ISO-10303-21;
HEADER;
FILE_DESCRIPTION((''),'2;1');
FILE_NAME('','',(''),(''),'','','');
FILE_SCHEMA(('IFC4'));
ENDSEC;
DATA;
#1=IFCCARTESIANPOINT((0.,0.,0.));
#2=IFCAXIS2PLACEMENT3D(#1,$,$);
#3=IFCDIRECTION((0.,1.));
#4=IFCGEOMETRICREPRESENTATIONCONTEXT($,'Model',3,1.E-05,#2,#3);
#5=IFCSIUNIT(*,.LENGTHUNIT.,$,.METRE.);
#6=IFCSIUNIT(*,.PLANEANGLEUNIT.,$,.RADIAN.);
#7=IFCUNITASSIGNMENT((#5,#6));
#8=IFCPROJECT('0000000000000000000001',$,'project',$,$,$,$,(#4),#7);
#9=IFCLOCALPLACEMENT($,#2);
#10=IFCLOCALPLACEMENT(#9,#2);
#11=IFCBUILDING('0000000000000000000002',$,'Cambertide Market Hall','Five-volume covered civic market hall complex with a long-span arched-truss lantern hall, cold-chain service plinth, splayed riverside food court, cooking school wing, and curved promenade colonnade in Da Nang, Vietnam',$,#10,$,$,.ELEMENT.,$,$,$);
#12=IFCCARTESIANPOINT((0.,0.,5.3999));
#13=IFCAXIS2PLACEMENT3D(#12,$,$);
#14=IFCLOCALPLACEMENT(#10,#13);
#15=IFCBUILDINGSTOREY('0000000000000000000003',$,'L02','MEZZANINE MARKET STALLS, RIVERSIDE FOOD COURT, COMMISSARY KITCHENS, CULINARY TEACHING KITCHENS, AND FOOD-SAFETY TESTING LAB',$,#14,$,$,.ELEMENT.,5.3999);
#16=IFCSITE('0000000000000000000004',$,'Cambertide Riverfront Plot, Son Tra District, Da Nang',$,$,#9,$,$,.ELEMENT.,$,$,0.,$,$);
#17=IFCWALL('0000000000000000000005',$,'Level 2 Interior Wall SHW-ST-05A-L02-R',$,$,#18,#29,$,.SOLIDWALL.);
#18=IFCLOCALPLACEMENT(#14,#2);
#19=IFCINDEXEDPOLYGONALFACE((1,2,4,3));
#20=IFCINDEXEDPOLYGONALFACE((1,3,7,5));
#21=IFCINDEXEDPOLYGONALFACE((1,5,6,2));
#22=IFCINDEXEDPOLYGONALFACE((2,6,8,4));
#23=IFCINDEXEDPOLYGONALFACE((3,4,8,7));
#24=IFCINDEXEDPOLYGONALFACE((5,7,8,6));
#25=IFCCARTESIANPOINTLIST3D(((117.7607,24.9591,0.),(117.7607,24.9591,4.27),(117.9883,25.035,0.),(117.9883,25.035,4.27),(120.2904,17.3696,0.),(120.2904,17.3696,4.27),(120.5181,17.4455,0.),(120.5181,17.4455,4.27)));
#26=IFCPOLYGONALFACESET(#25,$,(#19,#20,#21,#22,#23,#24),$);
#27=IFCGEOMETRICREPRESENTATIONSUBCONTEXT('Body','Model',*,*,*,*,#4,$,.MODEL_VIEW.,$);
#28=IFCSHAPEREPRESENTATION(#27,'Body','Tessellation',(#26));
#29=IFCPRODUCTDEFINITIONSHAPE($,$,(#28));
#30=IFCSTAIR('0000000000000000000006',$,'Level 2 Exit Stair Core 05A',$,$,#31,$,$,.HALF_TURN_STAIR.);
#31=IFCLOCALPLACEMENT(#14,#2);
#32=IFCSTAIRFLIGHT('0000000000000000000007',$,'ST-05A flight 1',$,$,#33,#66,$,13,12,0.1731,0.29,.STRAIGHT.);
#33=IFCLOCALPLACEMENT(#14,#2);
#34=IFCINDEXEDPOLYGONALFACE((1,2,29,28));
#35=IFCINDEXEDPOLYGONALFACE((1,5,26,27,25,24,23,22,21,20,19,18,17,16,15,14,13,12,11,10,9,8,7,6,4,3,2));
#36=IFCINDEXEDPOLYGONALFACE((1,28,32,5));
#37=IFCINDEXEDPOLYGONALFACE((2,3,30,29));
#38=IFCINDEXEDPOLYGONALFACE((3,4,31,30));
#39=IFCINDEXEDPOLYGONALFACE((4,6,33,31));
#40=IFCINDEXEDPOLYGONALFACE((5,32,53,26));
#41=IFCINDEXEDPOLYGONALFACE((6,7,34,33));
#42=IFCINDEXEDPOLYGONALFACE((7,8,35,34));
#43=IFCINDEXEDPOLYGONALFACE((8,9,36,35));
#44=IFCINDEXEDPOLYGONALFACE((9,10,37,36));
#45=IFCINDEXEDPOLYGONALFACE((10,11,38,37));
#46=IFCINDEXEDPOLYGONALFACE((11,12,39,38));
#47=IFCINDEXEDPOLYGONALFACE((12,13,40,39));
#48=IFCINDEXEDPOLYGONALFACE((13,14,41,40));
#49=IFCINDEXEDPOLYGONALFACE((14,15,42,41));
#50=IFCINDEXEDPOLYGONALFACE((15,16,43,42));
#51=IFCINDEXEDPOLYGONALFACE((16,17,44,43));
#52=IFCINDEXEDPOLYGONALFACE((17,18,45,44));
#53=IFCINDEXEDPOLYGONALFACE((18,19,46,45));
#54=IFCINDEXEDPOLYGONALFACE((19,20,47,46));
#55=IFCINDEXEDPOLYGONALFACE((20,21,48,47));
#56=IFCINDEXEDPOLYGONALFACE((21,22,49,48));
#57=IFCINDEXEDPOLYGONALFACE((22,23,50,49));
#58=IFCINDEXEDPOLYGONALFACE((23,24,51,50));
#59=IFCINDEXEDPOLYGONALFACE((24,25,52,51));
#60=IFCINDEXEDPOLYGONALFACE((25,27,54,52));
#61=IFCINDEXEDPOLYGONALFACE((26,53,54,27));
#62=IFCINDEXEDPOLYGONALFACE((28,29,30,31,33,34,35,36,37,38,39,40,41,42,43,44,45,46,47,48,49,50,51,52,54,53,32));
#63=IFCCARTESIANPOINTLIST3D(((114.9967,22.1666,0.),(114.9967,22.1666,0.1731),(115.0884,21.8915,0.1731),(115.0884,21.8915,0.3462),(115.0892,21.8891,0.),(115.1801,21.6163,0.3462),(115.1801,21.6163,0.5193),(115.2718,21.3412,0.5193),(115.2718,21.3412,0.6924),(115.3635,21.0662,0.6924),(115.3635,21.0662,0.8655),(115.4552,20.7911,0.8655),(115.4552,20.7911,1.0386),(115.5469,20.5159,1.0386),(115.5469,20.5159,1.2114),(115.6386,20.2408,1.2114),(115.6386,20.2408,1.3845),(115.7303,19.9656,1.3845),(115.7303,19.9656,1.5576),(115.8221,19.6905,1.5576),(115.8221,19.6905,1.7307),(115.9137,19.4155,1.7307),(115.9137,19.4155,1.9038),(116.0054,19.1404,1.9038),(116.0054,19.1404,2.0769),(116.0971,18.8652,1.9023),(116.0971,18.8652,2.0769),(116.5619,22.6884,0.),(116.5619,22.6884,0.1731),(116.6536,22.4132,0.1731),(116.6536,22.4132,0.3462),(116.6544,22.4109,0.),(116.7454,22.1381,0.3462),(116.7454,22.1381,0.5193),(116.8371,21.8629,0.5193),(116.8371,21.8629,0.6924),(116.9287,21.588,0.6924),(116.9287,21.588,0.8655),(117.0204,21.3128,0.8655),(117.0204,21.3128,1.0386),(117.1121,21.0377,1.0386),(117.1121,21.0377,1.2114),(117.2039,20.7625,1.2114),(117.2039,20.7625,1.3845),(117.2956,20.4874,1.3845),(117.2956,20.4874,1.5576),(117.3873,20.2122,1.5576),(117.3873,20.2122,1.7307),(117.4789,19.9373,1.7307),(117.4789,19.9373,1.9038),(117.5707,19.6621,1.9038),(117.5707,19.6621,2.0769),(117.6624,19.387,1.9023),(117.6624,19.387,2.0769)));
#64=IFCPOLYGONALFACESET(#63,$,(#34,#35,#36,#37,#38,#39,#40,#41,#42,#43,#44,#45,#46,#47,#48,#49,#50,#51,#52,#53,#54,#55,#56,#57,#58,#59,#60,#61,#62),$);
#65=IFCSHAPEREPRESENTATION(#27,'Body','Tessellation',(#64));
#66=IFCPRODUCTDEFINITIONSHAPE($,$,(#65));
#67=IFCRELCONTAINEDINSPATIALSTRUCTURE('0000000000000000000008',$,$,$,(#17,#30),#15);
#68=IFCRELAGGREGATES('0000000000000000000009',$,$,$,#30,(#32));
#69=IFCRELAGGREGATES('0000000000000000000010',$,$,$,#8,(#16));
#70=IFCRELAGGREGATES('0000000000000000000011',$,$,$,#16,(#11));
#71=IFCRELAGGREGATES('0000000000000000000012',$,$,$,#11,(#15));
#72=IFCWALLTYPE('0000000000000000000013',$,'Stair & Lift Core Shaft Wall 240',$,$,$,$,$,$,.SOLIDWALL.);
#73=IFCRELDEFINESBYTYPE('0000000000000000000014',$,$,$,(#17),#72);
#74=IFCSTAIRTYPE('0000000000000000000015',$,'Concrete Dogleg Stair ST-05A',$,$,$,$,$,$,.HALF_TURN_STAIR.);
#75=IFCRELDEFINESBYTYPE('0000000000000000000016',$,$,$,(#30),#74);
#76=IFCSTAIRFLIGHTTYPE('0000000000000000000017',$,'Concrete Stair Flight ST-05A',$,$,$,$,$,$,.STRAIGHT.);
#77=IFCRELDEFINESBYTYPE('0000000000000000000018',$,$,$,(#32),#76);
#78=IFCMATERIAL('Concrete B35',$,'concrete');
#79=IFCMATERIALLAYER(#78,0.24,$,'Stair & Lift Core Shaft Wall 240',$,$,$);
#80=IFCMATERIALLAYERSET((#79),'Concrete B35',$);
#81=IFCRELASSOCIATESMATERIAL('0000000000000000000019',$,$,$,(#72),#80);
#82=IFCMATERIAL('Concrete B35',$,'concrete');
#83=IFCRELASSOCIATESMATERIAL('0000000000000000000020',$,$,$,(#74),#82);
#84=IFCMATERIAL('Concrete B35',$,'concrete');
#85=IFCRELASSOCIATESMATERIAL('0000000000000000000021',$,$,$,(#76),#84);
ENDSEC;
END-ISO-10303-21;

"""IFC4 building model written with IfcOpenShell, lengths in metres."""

from ifc_helpers import new_model, si_unit, direction, frame, frame_2d, origin, place, context, subcontext, project, spatial, polyline, rectangle, outline, extrude, material, layer, layer_set, type_object, element, aggregate, save


model = new_model("IFC4")

# Units and contexts
model_context = context("Model", 3, precision=1e-05, world=origin(), true_north=direction((0.0, 1.0)))
body_context = subcontext(model_context, "Body", "Model", "MODEL_VIEW")
ifc_project = project(units=[si_unit("LENGTHUNIT", "METRE"), si_unit("PLANEANGLEUNIT", "RADIAN")], contexts=[model_context])

# Site, building, storey
site_placement = place(None, origin())
site = spatial("IfcSite", under=ifc_project, at=site_placement, Name="Cambertide Riverfront Plot, Son Tra District, Da Nang", CompositionType="ELEMENT", RefElevation=0.0)
building_placement = place(site_placement, origin())
building = spatial("IfcBuilding", under=site, at=building_placement, Name="Cambertide Market Hall", Description="Five-volume covered civic market hall complex with a long-span arched-truss lantern hall, cold-chain service plinth, splayed riverside food court, cooking school wing, and curved promenade colonnade in Da Nang, Vietnam", CompositionType="ELEMENT")
storey_placement = place(building_placement, frame((0.0, 0.0, 5.3999)))
storey = spatial("IfcBuildingStorey", under=building, at=storey_placement, Name="L02", Description="MEZZANINE MARKET STALLS, RIVERSIDE FOOD COURT, COMMISSARY KITCHENS, CULINARY TEACHING KITCHENS, AND FOOD-SAFETY TESTING LAB", CompositionType="ELEMENT", Elevation=5.3999)

# Shared definitions
ifc_material_1 = material(Name="Concrete B35", Category="concrete")
ifc_layer_1 = layer(ifc_material_1, 0.24, Name="Stair & Lift Core Shaft Wall 240")
ifc_layer_set_1 = layer_set([ifc_layer_1], Name="Concrete B35")
wall_type_1 = type_object("IfcWallType", Name="Stair & Lift Core Shaft Wall 240", PredefinedType="SOLIDWALL", material=ifc_layer_set_1)

# Wall
wall_1_placement = place(storey_placement, frame((117.8745, 24.9971, 0.0), z_axis=(0.0, 0.0, 1.0), x_axis=(0.316219, -0.948686, 0.0)))
element("IfcWall", 1, at=wall_1_placement, inside=storey, type_object=wall_type_1, Name="Level 2 Interior Wall SHW-ST-05A-L02-R", PredefinedType="SOLIDWALL", context=body_context, shape_type="SweptSolid", body=[
    extrude(rectangle(XDim=8.0, YDim=0.24, at=frame_2d((4.0, 0.0))), origin(), (0.0, 0.0, 1.0), 4.27),
])

# Stair, stair flight
ifc_material_2 = material(Name="Concrete B35", Category="concrete")
stair_type = type_object("IfcStairType", Name="Concrete Dogleg Stair ST-05A", PredefinedType="HALF_TURN_STAIR", material=ifc_material_2)
stair_placement = place(storey_placement, origin())
stair = element("IfcStair", 2, at=stair_placement, inside=storey, type_object=stair_type, Name="Level 2 Exit Stair Core 05A", PredefinedType="HALF_TURN_STAIR")
ifc_material_3 = material(Name="Concrete B35", Category="concrete")
stair_flight_type = type_object("IfcStairFlightType", Name="Concrete Stair Flight ST-05A", PredefinedType="STRAIGHT", material=ifc_material_3)
stair_flight_placement = place(storey_placement, frame((115.7793, 22.4275, 0.0), z_axis=(0.0, 0.0, 1.0), x_axis=(0.316228, -0.948683, 0.0)))
stair_flight = element("IfcStairFlight", 3, at=stair_flight_placement, type_object=stair_flight_type, Name="ST-05A flight 1", NumberOfRisers=13, NumberOfTreads=12, PredefinedType="STRAIGHT", RiserHeight=0.1731, TreadLength=0.29, context=body_context, shape_type="SweptSolid", body=[
    extrude(outline(polyline([(0.0, 0.0), (0.0, 0.1731), (0.29, 0.1731), (0.29, 0.3462), (0.5801, 0.3462), (0.5801, 0.5193), (0.8701, 0.5193), (0.8701, 0.6924), (1.1599, 0.6924), (1.1599, 0.8655), (1.45, 0.8655), (1.45, 1.0386), (1.74, 1.0386), (1.74, 1.2114), (2.03, 1.2114), (2.03, 1.3845), (2.3201, 1.3845), (2.3201, 1.5576), (2.6101, 1.5576), (2.6101, 1.7307), (2.8999, 1.7307), (2.8999, 1.9038), (3.1899, 1.9038), (3.1899, 2.0769), (3.48, 2.0769), (3.48, 2.25), (3.48, 1.9023), (0.2925, 0.0), (0.0, 0.0)])), frame((0.0, 0.825, 0.0), z_axis=(0.0, -1.0, 0.0), x_axis=(1.0, 0.0, 0.0)), (0.0, 0.0, 1.0), 1.6499),
])
aggregate(stair, [stair_flight])

save(model, "model.ifc")
